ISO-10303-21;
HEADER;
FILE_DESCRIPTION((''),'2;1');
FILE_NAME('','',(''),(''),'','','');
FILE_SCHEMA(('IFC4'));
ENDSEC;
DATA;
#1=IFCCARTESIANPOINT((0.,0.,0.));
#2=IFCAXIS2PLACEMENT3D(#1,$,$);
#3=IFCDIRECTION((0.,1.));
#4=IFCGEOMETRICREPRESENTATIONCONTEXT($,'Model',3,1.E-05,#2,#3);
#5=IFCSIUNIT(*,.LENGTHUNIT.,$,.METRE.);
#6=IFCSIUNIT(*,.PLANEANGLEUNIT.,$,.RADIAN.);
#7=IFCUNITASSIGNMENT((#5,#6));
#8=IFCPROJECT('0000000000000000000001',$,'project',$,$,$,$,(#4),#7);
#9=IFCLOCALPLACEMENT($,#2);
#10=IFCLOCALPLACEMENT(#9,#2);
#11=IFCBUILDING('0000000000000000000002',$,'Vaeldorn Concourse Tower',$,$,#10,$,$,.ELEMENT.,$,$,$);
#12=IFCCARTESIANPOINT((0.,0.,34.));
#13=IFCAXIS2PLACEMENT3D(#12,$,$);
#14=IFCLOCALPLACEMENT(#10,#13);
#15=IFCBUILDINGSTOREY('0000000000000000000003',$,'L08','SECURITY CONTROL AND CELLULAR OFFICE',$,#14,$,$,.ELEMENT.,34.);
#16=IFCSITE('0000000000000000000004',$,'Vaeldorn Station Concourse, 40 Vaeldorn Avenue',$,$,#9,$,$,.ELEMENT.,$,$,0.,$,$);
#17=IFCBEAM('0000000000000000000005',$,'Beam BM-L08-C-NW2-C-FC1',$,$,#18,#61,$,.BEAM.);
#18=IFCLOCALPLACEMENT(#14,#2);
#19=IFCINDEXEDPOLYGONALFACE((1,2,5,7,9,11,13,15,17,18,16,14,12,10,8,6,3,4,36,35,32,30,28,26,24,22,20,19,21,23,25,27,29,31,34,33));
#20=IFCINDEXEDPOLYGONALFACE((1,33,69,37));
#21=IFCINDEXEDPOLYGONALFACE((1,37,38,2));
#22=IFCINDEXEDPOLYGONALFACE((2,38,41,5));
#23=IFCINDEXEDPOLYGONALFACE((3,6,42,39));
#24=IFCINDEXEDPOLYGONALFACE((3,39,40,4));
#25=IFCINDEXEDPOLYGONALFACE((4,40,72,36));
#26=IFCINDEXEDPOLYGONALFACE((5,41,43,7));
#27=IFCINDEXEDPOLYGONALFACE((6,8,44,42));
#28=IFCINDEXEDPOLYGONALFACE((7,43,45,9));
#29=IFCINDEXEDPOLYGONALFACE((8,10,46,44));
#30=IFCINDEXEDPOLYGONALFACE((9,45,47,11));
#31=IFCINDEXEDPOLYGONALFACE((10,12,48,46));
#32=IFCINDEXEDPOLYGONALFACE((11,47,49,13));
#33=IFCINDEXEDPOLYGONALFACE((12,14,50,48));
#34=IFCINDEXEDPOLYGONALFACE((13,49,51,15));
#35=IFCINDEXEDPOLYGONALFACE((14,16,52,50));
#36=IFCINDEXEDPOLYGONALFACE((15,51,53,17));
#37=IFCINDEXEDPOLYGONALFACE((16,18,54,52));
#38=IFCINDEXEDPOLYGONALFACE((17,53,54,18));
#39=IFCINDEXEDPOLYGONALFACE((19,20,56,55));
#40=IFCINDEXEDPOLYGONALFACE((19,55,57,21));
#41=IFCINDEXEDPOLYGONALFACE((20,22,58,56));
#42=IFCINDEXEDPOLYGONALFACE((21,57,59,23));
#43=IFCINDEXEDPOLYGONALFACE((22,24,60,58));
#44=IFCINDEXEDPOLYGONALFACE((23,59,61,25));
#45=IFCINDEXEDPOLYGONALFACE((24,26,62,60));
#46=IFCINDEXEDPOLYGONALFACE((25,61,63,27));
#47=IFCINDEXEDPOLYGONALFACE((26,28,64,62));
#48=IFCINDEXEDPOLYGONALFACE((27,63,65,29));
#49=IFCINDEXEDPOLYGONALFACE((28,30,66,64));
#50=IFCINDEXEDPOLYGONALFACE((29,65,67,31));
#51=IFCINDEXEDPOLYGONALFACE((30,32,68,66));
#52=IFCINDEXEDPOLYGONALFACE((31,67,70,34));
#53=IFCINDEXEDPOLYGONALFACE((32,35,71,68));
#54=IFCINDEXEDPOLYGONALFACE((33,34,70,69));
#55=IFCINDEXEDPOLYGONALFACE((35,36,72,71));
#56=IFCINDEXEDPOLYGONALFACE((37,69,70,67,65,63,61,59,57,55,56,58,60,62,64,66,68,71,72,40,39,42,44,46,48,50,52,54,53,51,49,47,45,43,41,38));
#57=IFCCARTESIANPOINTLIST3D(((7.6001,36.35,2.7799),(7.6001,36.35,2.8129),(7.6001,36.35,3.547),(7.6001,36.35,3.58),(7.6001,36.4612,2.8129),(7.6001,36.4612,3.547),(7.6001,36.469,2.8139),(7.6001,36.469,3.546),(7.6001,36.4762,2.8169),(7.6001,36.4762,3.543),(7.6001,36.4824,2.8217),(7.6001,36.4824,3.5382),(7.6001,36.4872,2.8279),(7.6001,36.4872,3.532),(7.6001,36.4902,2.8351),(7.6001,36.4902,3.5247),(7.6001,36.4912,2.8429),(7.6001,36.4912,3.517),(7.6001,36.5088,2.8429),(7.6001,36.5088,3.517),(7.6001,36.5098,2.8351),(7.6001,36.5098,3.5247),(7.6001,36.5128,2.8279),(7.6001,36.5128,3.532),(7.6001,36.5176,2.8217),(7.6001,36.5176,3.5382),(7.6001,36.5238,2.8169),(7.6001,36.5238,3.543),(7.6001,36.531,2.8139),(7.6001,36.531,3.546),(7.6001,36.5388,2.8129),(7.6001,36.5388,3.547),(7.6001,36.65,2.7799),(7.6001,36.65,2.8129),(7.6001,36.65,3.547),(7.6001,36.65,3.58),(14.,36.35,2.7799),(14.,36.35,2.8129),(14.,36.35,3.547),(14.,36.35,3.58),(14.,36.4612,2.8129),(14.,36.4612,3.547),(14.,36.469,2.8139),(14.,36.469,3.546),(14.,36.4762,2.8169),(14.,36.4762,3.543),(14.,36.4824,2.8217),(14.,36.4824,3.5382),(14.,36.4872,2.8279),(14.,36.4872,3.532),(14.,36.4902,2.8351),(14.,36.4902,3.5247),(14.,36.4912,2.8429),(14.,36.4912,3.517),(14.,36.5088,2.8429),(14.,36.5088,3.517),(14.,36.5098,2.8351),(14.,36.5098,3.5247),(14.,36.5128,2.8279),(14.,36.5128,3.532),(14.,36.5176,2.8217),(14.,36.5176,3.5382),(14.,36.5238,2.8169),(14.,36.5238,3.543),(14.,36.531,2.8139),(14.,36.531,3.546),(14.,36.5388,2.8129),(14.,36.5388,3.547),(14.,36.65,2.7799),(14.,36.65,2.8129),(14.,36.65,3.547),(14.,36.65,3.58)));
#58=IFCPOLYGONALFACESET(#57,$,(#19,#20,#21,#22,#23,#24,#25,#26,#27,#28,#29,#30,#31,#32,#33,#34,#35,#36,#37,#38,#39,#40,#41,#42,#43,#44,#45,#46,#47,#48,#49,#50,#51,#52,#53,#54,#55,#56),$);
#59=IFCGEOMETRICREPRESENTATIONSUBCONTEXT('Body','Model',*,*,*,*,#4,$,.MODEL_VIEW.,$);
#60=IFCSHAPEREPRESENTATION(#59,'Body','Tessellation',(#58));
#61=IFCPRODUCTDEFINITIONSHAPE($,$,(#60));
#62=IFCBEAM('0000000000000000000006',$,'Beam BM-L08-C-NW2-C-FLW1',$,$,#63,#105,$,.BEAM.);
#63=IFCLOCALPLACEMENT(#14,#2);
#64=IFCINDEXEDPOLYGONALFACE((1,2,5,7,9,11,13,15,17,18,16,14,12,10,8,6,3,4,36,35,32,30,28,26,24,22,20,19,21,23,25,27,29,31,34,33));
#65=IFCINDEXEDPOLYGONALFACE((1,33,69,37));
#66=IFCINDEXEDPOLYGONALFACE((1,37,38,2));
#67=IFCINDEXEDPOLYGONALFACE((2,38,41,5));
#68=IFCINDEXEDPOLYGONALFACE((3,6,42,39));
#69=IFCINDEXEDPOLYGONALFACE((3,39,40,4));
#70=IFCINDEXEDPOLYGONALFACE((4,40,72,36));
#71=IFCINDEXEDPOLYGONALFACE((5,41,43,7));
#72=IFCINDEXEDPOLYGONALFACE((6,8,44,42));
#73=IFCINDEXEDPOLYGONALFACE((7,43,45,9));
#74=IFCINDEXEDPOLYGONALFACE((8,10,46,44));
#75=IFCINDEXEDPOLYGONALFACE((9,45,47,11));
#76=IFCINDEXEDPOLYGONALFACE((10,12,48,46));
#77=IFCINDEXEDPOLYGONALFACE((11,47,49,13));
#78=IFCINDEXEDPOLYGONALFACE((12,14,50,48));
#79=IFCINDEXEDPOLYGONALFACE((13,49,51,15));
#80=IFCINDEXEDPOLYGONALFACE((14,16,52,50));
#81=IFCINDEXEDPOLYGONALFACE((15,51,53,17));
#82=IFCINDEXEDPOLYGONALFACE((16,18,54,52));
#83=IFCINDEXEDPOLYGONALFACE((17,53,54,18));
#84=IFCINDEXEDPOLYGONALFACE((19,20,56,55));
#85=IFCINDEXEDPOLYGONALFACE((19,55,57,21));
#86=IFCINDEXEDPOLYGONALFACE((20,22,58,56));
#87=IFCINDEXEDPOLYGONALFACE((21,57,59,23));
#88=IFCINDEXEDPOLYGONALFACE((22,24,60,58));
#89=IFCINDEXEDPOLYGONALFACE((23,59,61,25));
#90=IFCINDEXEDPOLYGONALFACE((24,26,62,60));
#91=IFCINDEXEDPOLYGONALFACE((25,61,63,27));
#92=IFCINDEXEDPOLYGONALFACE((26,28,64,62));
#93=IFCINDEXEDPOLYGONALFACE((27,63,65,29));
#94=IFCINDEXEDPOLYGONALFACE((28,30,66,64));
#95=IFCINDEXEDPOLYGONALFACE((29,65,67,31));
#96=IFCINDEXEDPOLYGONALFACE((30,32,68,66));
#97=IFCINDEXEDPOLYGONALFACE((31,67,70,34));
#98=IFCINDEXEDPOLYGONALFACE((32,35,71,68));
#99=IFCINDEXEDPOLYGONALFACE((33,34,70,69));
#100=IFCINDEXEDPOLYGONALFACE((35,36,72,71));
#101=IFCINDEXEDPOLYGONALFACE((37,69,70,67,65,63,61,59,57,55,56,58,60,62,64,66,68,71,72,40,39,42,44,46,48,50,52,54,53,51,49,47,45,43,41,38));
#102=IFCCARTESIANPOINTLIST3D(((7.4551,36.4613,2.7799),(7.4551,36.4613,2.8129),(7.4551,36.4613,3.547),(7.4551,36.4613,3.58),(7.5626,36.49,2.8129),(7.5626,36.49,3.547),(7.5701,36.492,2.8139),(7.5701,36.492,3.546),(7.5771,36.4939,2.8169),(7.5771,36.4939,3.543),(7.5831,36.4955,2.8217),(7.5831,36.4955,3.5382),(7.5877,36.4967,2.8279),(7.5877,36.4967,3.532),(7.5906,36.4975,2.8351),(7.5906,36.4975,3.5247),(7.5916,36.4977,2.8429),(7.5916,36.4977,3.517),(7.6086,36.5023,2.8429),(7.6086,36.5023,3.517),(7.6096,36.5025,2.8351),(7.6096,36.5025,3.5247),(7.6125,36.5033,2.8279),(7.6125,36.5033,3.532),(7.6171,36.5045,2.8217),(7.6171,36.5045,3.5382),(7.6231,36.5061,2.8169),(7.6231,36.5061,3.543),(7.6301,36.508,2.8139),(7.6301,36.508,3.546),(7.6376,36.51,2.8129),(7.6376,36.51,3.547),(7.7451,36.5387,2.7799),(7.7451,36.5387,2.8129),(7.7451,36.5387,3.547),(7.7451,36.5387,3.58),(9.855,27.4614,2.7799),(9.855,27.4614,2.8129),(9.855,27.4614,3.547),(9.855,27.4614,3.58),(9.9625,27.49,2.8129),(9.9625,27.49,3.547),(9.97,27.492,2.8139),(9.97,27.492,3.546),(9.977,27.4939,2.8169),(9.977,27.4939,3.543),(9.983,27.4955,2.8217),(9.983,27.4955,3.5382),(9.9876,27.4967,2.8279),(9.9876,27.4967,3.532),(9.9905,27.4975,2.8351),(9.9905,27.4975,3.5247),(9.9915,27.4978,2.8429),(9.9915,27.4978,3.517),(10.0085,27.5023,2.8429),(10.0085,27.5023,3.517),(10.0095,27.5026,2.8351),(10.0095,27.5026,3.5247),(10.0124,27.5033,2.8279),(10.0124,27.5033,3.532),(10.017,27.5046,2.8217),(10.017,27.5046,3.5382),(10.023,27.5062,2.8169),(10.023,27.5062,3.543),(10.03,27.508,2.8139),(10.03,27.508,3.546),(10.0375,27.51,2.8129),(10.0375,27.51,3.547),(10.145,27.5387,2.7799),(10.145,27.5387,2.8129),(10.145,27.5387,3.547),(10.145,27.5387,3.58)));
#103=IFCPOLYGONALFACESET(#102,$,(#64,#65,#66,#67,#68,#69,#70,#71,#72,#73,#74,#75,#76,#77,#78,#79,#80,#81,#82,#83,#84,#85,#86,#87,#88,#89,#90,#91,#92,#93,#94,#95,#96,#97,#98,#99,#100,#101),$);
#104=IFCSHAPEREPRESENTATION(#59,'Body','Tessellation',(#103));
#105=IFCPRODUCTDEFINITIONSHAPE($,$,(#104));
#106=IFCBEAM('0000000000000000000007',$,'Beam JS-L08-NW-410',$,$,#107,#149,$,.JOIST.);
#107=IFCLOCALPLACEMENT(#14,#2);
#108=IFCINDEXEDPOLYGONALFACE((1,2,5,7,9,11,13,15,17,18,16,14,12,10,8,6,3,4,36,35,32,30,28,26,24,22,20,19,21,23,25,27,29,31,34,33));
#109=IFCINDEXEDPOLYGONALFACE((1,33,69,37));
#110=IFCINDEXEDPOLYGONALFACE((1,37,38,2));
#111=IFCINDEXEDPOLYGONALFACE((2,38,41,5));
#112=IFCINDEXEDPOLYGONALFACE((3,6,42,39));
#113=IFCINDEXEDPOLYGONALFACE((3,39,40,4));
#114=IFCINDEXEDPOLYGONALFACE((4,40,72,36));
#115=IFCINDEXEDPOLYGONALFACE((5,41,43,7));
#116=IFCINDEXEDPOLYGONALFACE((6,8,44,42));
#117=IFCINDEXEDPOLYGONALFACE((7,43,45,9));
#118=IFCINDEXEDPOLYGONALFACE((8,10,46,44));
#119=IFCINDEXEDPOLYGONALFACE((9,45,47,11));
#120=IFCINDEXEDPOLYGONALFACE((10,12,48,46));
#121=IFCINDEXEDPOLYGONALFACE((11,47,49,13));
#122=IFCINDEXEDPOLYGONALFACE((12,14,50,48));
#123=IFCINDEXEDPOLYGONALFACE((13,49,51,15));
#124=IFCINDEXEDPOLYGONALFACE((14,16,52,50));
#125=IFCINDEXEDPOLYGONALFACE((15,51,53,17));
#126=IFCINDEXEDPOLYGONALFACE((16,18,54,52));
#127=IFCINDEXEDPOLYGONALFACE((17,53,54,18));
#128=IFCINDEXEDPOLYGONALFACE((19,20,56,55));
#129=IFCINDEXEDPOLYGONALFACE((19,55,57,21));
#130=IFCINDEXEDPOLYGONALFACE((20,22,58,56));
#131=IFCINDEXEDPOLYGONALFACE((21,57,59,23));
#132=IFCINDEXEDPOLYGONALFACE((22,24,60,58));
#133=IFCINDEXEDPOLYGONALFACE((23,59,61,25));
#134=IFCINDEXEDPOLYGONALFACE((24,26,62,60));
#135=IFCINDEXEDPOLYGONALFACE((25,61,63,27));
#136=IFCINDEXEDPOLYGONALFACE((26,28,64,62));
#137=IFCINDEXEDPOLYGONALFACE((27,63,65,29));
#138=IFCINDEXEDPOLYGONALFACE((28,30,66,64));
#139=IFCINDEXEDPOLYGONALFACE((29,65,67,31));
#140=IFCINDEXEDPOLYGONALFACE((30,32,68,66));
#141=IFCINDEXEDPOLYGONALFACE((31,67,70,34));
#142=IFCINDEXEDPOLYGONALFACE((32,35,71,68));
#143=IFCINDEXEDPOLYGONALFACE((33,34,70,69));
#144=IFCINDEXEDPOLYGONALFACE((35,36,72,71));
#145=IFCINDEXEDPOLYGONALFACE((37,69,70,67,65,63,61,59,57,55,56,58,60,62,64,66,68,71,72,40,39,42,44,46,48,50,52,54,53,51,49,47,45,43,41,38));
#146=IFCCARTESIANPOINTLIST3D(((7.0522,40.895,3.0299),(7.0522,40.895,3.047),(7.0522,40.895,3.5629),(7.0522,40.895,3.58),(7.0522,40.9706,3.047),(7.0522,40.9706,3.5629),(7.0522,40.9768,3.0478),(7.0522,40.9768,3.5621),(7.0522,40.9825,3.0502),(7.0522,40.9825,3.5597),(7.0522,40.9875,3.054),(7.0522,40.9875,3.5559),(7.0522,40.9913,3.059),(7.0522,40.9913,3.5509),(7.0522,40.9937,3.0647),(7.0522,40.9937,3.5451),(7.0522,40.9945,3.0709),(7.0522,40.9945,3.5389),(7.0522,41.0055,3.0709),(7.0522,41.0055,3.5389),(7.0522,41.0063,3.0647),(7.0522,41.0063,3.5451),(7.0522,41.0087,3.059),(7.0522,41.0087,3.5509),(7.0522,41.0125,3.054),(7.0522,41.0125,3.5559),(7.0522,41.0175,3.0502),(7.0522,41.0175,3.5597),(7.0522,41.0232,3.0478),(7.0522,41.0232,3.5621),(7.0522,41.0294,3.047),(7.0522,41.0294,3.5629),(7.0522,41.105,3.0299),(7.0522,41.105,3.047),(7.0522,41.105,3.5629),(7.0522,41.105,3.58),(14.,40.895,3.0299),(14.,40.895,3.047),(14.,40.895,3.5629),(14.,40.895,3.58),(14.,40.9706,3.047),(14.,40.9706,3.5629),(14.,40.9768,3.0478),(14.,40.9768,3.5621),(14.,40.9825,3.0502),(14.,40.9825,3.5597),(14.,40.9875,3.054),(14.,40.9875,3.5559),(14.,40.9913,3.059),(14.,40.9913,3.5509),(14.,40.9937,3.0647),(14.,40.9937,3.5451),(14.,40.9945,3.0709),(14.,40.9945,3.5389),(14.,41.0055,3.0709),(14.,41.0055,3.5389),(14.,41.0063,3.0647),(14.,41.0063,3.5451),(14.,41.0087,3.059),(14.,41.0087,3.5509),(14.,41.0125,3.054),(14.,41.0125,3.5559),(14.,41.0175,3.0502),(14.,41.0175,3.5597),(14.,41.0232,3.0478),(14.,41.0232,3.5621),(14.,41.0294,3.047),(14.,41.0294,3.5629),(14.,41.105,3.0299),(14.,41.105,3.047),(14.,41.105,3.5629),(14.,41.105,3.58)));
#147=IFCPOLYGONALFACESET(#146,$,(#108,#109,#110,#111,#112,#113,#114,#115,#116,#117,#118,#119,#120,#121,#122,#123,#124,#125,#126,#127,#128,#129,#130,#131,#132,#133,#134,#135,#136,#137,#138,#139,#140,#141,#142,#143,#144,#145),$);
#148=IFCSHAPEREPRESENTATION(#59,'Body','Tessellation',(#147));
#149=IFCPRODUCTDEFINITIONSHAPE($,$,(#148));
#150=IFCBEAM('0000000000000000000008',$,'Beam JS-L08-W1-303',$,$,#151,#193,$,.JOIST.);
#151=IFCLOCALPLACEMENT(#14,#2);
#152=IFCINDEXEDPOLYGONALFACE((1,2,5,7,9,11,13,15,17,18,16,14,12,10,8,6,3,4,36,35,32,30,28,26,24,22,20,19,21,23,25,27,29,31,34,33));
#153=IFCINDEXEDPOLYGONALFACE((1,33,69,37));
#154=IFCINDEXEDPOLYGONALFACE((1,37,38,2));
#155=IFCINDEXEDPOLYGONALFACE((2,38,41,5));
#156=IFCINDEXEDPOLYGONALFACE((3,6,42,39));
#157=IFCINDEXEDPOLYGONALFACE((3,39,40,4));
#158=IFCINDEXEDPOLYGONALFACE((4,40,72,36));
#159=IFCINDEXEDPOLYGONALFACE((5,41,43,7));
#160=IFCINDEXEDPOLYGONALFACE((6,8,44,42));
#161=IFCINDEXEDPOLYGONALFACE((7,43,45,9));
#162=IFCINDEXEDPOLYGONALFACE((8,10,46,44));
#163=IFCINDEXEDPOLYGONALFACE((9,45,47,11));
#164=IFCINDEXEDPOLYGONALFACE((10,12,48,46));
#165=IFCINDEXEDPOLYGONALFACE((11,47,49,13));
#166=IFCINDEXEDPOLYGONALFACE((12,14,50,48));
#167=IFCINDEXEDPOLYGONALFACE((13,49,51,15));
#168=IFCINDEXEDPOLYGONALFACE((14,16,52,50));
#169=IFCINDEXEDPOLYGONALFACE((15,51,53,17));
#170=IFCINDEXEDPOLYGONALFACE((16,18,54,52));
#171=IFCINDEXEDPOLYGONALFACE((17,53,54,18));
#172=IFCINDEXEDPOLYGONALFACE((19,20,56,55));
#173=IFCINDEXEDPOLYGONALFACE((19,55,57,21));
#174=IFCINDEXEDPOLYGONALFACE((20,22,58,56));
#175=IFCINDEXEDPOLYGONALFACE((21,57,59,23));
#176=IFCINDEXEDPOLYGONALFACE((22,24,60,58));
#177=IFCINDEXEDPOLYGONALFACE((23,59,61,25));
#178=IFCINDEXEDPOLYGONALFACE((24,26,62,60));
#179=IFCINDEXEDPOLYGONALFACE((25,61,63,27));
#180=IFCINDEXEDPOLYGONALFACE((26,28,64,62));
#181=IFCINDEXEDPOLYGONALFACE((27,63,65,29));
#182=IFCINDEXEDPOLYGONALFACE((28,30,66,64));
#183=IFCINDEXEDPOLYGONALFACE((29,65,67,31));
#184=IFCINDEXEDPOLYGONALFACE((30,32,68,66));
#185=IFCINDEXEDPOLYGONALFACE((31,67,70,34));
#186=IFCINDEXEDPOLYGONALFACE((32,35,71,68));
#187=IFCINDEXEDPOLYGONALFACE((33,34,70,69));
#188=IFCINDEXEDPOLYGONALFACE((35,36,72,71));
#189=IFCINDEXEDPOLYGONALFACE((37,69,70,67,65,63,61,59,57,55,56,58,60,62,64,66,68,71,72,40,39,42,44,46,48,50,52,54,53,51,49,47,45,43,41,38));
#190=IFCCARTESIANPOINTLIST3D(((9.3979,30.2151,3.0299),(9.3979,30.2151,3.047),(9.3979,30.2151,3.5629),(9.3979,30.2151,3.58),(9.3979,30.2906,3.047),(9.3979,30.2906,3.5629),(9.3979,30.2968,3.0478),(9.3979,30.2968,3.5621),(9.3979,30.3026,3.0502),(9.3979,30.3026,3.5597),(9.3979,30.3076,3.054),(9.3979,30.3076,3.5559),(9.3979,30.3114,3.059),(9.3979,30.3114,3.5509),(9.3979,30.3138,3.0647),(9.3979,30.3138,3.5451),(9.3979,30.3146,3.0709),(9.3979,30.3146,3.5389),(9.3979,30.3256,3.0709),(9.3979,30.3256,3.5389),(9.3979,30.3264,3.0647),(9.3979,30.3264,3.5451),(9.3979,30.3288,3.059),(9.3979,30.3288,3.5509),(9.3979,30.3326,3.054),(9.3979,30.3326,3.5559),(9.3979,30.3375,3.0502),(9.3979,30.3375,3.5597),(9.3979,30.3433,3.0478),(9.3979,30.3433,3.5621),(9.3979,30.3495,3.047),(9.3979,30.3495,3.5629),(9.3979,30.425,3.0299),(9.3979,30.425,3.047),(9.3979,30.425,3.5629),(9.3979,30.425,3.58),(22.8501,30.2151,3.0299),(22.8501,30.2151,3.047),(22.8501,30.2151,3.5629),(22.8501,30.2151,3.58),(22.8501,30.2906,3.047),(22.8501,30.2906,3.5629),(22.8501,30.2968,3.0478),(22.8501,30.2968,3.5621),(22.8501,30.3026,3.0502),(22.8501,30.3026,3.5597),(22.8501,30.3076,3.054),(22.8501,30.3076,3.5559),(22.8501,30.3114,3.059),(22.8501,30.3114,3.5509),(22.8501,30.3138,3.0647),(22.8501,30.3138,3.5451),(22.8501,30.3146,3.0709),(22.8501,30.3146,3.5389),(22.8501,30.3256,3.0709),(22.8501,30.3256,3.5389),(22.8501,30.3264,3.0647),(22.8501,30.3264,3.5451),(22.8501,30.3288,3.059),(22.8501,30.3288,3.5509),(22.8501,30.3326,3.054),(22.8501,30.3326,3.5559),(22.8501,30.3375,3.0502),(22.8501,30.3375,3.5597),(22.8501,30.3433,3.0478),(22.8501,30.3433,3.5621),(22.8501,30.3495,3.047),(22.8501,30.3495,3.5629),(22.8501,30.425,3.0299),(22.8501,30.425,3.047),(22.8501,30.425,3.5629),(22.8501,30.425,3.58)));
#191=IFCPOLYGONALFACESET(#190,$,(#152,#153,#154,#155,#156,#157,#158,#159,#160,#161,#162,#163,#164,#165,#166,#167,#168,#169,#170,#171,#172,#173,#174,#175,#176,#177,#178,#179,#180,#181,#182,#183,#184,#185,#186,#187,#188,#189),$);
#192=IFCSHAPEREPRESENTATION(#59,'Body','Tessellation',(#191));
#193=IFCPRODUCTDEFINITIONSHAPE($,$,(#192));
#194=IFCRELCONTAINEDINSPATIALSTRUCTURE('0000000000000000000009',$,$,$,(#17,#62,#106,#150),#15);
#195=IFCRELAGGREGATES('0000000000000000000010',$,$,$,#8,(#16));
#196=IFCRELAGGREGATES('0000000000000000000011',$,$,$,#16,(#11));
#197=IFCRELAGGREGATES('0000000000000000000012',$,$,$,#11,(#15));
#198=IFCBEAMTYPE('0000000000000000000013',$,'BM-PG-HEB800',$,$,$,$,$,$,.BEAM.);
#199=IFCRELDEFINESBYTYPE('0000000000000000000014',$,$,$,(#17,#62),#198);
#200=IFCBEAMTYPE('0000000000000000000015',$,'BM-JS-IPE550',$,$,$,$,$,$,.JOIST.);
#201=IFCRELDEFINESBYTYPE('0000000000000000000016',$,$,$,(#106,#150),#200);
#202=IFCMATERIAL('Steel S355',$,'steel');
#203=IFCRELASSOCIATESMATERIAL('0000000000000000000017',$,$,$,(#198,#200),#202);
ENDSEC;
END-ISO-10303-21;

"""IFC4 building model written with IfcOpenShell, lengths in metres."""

from ifc_helpers import new_model, si_unit, direction, frame, origin, origin_2d, place, context, subcontext, project, spatial, i_section, extrude, source, transform, mapped, material, material_profile, profile_set, type_object, element, save


model = new_model("IFC4")

# Units and contexts
model_context = context("Model", 3, precision=1e-05, world=origin(), true_north=direction((0.0, 1.0)))
body_context = subcontext(model_context, "Body", "Model", "MODEL_VIEW")
ifc_project = project(units=[si_unit("LENGTHUNIT", "METRE"), si_unit("PLANEANGLEUNIT", "RADIAN")], contexts=[model_context])

# Site, building, storey
site_placement = place(None, origin())
site = spatial("IfcSite", under=ifc_project, at=site_placement, Name="Vaeldorn Station Concourse, 40 Vaeldorn Avenue", CompositionType="ELEMENT", RefElevation=0.0)
building_placement = place(site_placement, origin())
building = spatial("IfcBuilding", under=site, at=building_placement, Name="Vaeldorn Concourse Tower", CompositionType="ELEMENT")
storey_placement = place(building_placement, frame((0.0, 0.0, 34.0)))
storey = spatial("IfcBuildingStorey", under=building, at=storey_placement, Name="L08", Description="SECURITY CONTROL AND CELLULAR OFFICE", CompositionType="ELEMENT", Elevation=34.0)

# Beams
ifc_material_1 = material(Name="Steel S355", Category="steel")
ifc_material_profile_1 = material_profile(ifc_material_1, i_section(OverallWidth=0.3, OverallDepth=0.8, WebThickness=0.0176, FlangeThickness=0.033, FilletRadius=0.03, at=origin_2d()), Name="HEB 800")
ifc_profile_set_1 = profile_set([ifc_material_profile_1], Name="Steel S355")
beam_type_1 = type_object("IfcBeamType", Name="BM-PG-HEB800", PredefinedType="BEAM", material=ifc_profile_set_1)
shared_shape_1 = source(origin(), body_context, "Body", "SweptSolid", [
    extrude(i_section(OverallWidth=0.3, OverallDepth=0.8, WebThickness=0.0176, FlangeThickness=0.033, FilletRadius=0.03, at=origin_2d()), origin(), (0.0, 0.0, 1.0), 6.3999),
])
beam_1_placement = place(storey_placement, frame((7.6001, 36.5, 3.1799), z_axis=(1.0, 0.0, 0.0), x_axis=(0.0, 1.0, 0.0)))
element("IfcBeam", 1, at=beam_1_placement, inside=storey, type_object=beam_type_1, Name="Beam BM-L08-C-NW2-C-FC1", PredefinedType="BEAM", context=body_context, shape_type="MappedRepresentation", body=[
    mapped(shared_shape_1, transform((0.0, 0.0, 0.0), scale=1.0)),
])
shared_shape_2 = source(origin(), body_context, "Body", "SweptSolid", [
    extrude(i_section(OverallWidth=0.3, OverallDepth=0.8, WebThickness=0.0176, FlangeThickness=0.033, FilletRadius=0.03, at=origin_2d()), origin(), (0.0, 0.0, 1.0), 9.3145),
])
beam_2_placement = place(storey_placement, frame((7.6001, 36.5, 3.1799), z_axis=(0.257653, -0.966238, 0.0), x_axis=(0.966238, 0.257653, 0.0)))
element("IfcBeam", 2, at=beam_2_placement, inside=storey, type_object=beam_type_1, Name="Beam BM-L08-C-NW2-C-FLW1", PredefinedType="BEAM", context=body_context, shape_type="MappedRepresentation", body=[
    mapped(shared_shape_2, transform((0.0, 0.0, 0.0), scale=1.0)),
])
ifc_material_profile_2 = material_profile(ifc_material_1, i_section(OverallWidth=0.21, OverallDepth=0.55, WebThickness=0.011, FlangeThickness=0.0171, FilletRadius=0.0239, at=origin_2d()), Name="IPE 550")
ifc_profile_set_2 = profile_set([ifc_material_profile_2], Name="Steel S355")
beam_type_2 = type_object("IfcBeamType", Name="BM-JS-IPE550", PredefinedType="JOIST", material=ifc_profile_set_2)
shared_shape_3 = source(origin(), body_context, "Body", "SweptSolid", [
    extrude(i_section(OverallWidth=0.21, OverallDepth=0.55, WebThickness=0.011, FlangeThickness=0.0171, FilletRadius=0.0239, at=origin_2d()), origin(), (0.0, 0.0, 1.0), 6.9478),
])
beam_3_placement = place(storey_placement, frame((7.0522, 41.0, 3.3049), z_axis=(1.0, 0.0, 0.0), x_axis=(0.0, 1.0, 0.0)))
element("IfcBeam", 3, at=beam_3_placement, inside=storey, type_object=beam_type_2, Name="Beam JS-L08-NW-410", PredefinedType="JOIST", context=body_context, shape_type="MappedRepresentation", body=[
    mapped(shared_shape_3, transform((0.0, 0.0, 0.0), scale=1.0)),
])
shared_shape_4 = source(origin(), body_context, "Body", "SweptSolid", [
    extrude(i_section(OverallWidth=0.21, OverallDepth=0.55, WebThickness=0.011, FlangeThickness=0.0171, FilletRadius=0.0239, at=origin_2d()), origin(), (0.0, 0.0, 1.0), 13.4521),
])
beam_4_placement = place(storey_placement, frame((9.3979, 30.3201, 3.3049), z_axis=(1.0, 0.0, 0.0), x_axis=(0.0, 1.0, 0.0)))
element("IfcBeam", 4, at=beam_4_placement, inside=storey, type_object=beam_type_2, Name="Beam JS-L08-W1-303", PredefinedType="JOIST", context=body_context, shape_type="MappedRepresentation", body=[
    mapped(shared_shape_4, transform((0.0, 0.0, 0.0), scale=1.0)),
])

save(model, "model.ifc")
